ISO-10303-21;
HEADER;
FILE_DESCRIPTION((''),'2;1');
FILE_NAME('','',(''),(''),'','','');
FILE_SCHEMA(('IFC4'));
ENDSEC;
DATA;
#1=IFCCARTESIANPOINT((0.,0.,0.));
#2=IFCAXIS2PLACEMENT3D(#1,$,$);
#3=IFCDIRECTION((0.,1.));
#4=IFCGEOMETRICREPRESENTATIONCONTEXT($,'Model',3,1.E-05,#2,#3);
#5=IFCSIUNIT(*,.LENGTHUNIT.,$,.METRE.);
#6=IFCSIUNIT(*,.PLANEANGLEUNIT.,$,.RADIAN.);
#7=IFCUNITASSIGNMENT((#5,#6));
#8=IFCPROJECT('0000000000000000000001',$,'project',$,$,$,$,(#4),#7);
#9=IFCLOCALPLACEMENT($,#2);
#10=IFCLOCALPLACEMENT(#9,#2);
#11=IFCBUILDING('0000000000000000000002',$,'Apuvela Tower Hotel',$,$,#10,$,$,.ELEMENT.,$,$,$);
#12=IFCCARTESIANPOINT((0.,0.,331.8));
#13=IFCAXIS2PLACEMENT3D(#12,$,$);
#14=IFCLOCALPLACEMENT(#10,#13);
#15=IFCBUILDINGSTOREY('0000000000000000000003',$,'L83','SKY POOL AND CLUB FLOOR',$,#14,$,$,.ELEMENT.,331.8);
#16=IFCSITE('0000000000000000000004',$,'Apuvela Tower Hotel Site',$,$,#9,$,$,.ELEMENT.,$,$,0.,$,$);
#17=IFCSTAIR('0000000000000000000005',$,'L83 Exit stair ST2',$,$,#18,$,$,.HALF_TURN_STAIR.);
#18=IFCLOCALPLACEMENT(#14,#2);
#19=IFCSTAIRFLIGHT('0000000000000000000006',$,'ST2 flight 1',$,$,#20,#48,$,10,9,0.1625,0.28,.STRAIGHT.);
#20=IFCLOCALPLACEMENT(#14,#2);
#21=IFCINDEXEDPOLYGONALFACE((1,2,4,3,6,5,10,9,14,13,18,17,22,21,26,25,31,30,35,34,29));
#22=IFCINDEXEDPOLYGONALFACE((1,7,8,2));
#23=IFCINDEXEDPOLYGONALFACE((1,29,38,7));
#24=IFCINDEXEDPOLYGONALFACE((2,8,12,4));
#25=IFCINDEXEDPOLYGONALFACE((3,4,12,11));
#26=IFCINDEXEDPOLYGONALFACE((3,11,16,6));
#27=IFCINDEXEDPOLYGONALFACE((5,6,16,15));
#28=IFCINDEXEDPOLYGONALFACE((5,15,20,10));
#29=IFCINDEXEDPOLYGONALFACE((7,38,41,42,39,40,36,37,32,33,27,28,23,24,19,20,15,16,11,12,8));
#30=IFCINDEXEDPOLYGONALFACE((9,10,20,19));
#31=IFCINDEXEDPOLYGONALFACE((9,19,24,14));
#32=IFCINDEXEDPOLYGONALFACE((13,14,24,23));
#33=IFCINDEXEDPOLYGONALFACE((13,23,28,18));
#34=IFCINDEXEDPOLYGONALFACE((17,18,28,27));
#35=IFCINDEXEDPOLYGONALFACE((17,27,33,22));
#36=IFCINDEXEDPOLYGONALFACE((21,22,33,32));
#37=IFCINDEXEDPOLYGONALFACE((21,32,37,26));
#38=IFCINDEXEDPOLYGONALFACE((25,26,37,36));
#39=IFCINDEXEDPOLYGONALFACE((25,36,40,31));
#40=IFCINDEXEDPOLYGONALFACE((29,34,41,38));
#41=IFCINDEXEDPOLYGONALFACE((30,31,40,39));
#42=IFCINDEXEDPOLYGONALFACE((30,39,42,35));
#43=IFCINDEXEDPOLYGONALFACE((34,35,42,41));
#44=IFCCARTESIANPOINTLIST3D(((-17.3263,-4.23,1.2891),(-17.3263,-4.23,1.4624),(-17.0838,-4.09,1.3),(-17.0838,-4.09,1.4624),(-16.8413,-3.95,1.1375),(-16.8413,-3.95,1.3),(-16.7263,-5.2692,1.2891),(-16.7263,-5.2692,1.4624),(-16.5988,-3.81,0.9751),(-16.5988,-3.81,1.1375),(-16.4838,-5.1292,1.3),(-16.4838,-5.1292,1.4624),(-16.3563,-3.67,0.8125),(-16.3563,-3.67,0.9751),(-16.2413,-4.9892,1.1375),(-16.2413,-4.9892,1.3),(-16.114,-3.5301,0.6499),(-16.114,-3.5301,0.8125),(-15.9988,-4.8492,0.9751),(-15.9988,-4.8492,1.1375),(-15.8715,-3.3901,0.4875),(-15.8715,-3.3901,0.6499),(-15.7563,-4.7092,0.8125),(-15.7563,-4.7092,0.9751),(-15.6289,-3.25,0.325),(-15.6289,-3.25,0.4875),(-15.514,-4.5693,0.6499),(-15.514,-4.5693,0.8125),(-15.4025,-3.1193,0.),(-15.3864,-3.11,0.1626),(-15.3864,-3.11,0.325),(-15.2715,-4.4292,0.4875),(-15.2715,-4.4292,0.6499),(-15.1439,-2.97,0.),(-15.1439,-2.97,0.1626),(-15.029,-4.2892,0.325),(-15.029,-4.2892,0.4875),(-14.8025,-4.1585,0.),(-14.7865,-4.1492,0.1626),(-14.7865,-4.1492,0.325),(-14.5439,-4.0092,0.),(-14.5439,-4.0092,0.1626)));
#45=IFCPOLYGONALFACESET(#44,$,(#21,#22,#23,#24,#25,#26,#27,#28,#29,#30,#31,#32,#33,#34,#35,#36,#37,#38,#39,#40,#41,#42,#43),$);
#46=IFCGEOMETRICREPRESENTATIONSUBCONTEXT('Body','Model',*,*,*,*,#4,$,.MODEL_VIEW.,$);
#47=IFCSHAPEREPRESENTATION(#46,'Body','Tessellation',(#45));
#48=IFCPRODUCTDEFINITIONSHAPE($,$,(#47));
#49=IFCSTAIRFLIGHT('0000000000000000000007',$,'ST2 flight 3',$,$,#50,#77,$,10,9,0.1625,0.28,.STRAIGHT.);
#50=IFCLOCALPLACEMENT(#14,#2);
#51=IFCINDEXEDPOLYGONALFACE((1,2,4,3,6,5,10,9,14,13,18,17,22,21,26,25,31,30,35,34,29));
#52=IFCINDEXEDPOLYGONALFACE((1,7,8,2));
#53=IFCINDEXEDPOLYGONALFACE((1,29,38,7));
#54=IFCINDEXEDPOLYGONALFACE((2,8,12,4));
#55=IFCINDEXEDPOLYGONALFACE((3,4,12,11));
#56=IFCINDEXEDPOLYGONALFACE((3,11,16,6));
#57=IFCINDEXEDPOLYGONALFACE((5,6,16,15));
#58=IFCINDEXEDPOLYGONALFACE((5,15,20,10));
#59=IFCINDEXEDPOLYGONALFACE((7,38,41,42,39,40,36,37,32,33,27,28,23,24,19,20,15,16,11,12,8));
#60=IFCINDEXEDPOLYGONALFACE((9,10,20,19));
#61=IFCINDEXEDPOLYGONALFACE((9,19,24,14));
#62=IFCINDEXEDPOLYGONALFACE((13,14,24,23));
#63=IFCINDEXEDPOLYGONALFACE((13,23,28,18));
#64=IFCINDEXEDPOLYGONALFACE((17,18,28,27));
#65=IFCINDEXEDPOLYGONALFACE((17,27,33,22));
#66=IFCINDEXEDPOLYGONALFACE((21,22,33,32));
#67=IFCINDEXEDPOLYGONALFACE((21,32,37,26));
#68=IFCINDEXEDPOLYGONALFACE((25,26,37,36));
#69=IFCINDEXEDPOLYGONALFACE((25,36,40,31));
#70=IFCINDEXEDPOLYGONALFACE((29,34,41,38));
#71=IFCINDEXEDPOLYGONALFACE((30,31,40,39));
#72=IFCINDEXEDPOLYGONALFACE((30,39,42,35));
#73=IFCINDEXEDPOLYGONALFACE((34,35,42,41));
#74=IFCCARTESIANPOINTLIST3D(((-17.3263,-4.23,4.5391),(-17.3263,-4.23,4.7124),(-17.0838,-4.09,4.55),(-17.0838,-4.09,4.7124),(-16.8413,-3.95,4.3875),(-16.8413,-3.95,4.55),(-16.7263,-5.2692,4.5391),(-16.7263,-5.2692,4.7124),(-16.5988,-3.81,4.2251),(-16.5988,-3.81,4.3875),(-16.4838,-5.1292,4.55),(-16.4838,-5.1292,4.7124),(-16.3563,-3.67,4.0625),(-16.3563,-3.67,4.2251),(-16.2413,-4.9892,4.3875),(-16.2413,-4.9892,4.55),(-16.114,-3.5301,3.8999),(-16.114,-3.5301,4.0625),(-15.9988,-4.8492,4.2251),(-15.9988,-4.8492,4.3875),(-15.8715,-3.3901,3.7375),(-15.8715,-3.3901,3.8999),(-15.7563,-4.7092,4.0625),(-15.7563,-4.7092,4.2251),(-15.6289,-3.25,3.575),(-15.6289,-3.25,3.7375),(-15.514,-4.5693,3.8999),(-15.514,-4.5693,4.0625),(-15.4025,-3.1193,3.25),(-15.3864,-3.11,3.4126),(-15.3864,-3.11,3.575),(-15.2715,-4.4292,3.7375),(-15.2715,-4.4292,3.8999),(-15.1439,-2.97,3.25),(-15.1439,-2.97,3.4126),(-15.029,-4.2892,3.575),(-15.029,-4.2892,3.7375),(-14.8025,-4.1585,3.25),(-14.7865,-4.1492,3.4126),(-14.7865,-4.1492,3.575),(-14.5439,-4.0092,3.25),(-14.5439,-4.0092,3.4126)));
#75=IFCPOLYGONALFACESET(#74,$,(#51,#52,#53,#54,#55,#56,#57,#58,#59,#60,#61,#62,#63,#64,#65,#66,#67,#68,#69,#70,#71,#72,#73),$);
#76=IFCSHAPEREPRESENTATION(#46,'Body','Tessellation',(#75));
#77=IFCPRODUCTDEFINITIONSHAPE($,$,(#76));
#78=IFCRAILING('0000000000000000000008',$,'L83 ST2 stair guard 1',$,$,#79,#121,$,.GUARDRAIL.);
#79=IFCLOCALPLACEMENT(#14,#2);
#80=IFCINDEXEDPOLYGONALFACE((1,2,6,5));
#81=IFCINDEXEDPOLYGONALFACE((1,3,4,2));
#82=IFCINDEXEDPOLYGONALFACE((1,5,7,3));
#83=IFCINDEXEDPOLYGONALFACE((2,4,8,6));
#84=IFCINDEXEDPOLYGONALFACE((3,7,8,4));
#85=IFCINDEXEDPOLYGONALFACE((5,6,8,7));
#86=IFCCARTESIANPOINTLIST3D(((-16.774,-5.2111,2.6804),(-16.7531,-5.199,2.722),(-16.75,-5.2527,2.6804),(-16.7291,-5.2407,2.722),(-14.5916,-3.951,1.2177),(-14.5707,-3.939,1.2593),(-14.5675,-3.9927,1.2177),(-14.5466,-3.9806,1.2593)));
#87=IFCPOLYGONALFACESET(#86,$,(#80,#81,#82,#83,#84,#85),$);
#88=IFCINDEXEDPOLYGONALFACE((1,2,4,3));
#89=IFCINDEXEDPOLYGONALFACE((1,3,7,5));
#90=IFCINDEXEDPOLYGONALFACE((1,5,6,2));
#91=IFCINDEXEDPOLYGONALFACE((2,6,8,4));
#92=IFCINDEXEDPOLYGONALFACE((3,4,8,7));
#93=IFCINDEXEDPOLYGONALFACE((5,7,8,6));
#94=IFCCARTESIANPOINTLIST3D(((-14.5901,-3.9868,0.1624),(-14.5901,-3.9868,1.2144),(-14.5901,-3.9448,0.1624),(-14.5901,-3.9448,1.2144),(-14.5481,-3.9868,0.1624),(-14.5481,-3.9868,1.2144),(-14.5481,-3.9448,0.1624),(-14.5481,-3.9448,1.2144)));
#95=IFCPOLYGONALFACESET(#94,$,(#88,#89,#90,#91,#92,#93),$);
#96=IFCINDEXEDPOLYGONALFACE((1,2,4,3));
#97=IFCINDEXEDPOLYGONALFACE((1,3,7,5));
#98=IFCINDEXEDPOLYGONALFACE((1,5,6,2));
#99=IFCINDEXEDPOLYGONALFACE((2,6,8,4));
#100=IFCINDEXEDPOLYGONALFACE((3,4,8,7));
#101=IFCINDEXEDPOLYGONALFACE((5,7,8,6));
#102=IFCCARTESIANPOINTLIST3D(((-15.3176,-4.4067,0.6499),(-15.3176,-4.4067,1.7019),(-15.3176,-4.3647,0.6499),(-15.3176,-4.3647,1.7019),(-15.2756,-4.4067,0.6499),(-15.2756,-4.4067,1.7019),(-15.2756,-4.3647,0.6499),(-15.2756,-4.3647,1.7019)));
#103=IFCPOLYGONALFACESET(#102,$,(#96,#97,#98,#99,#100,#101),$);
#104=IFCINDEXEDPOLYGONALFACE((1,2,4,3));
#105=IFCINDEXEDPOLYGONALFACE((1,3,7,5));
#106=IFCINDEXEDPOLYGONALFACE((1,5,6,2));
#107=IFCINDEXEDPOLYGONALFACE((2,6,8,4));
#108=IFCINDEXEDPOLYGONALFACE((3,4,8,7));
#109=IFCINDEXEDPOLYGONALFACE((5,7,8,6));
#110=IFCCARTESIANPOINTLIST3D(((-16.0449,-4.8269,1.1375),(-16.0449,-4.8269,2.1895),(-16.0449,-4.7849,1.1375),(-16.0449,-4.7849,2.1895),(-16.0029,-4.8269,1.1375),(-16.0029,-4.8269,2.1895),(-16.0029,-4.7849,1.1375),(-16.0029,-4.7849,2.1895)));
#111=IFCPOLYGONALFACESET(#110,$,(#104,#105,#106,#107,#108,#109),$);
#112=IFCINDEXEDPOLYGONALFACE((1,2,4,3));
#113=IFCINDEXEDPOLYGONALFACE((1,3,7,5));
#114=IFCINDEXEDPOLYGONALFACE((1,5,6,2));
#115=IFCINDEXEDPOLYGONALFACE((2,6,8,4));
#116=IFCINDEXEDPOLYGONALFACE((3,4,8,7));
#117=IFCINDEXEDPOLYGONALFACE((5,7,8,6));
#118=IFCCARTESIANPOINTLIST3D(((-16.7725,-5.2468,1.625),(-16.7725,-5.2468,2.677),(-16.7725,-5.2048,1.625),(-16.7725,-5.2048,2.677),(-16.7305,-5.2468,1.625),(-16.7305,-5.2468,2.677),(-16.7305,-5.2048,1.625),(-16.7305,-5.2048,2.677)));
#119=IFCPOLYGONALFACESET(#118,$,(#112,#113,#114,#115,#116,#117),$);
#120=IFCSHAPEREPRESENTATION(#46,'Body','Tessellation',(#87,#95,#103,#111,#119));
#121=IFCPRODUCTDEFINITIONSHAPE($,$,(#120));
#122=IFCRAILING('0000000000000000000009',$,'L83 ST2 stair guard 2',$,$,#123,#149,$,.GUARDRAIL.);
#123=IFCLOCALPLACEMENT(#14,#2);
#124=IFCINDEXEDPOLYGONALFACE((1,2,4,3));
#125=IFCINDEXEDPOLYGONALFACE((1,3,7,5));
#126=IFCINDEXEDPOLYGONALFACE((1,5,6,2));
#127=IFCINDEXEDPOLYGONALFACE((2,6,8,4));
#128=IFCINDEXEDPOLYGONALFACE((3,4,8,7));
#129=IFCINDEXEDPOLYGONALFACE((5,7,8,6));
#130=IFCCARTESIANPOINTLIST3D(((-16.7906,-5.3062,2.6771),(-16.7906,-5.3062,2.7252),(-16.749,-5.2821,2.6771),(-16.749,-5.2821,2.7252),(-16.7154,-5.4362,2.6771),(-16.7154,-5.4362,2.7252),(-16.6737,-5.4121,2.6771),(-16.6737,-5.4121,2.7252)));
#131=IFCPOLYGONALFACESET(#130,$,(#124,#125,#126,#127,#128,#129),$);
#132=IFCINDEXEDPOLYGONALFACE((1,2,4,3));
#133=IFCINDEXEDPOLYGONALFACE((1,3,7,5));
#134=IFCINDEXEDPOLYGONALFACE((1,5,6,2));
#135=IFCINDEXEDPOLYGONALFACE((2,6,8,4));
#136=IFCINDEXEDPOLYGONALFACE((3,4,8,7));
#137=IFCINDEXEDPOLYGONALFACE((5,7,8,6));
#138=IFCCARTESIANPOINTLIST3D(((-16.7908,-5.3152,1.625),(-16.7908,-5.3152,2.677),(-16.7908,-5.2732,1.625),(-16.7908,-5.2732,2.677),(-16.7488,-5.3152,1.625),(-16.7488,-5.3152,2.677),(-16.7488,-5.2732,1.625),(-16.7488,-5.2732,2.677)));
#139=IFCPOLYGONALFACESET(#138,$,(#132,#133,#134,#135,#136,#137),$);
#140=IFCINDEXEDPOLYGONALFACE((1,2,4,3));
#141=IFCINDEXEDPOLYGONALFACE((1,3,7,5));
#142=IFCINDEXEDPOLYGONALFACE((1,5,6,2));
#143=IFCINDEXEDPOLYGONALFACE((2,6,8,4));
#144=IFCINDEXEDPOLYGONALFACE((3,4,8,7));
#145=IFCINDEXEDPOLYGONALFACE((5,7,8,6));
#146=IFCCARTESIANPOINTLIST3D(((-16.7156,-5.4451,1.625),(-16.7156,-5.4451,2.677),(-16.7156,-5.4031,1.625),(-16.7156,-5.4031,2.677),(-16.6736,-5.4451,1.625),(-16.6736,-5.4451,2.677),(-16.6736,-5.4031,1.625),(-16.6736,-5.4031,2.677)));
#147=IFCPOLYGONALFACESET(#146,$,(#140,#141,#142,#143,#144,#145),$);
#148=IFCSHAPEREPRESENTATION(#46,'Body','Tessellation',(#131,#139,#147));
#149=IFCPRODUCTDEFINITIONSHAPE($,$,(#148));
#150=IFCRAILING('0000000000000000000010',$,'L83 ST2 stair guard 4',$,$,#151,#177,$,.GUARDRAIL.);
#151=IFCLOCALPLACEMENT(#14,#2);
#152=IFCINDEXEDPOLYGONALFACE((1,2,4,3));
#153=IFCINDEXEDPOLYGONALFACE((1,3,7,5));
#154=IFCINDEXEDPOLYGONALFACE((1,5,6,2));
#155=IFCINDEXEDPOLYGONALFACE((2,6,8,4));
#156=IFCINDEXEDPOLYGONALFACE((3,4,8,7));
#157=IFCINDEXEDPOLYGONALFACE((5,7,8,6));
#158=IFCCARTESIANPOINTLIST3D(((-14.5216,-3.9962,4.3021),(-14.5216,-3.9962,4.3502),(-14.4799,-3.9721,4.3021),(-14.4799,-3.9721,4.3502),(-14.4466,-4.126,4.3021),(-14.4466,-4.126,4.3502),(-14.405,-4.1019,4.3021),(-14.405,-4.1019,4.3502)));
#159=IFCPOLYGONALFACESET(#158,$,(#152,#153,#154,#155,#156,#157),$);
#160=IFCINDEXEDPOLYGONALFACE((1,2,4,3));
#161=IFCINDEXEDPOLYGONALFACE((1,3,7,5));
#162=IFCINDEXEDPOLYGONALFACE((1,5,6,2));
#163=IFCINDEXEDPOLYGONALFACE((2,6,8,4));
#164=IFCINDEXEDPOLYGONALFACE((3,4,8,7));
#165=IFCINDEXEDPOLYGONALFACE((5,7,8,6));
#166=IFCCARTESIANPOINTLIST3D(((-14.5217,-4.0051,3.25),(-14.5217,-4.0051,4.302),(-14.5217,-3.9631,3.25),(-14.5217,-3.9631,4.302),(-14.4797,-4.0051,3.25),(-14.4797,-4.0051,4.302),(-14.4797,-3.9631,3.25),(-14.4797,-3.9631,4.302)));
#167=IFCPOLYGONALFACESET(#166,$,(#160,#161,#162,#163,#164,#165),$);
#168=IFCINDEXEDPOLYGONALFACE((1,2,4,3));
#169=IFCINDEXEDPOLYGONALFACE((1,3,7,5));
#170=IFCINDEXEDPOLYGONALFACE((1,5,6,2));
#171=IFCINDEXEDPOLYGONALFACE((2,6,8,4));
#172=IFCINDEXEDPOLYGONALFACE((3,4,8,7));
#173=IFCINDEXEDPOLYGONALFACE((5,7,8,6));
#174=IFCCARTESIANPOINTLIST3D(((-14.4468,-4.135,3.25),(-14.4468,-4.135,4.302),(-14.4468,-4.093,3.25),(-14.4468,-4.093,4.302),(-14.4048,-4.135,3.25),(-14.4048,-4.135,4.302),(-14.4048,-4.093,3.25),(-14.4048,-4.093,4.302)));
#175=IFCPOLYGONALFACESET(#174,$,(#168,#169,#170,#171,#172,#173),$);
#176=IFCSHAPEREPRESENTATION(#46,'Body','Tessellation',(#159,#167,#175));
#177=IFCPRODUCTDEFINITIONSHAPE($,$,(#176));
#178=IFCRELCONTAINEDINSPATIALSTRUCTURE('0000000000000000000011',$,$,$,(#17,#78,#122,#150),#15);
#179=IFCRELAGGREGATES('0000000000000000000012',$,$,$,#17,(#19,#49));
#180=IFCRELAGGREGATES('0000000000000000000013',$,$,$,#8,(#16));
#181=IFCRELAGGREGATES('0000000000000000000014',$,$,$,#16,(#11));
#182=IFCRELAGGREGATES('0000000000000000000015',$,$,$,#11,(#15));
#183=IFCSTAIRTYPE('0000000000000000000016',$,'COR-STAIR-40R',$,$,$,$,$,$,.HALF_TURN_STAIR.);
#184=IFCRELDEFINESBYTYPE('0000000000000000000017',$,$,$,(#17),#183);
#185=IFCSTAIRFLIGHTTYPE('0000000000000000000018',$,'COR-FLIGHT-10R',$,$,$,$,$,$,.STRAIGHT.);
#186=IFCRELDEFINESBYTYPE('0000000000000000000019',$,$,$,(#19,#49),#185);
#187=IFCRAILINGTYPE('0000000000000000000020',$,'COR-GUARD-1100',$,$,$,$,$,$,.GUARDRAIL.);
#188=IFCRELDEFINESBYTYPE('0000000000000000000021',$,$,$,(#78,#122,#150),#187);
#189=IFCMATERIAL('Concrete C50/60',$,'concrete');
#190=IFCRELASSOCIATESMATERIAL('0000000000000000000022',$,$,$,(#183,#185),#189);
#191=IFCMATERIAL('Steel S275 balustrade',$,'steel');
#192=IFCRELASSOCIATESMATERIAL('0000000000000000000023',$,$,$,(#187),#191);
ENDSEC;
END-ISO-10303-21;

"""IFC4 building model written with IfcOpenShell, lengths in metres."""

from ifc_helpers import new_model, si_unit, direction, frame, origin, origin_2d, place, context, subcontext, project, spatial, polyline, rectangle, outline, extrude, material, type_object, element, aggregate, save


model = new_model("IFC4")

# Units and contexts
model_context = context("Model", 3, precision=1e-05, world=origin(), true_north=direction((0.0, 1.0)))
body_context = subcontext(model_context, "Body", "Model", "MODEL_VIEW")
ifc_project = project(units=[si_unit("LENGTHUNIT", "METRE"), si_unit("PLANEANGLEUNIT", "RADIAN")], contexts=[model_context])

# Site, building, storey
site_placement = place(None, origin())
site = spatial("IfcSite", under=ifc_project, at=site_placement, Name="Apuvela Tower Hotel Site", CompositionType="ELEMENT", RefElevation=0.0)
building_placement = place(site_placement, origin())
building = spatial("IfcBuilding", under=site, at=building_placement, Name="Apuvela Tower Hotel", CompositionType="ELEMENT")
storey_placement = place(building_placement, frame((0.0, 0.0, 331.8)))
storey = spatial("IfcBuildingStorey", under=building, at=storey_placement, Name="L83", Description="SKY POOL AND CLUB FLOOR", CompositionType="ELEMENT", Elevation=331.8)

# Shared definitions
ifc_material_1 = material(Name="Concrete C50/60", Category="concrete")

# Stair, stair flights
stair_type = type_object("IfcStairType", Name="COR-STAIR-40R", PredefinedType="HALF_TURN_STAIR", material=ifc_material_1)
stair_placement = place(storey_placement, origin())
stair = element("IfcStair", 1, at=stair_placement, inside=storey, type_object=stair_type, Name="L83 Exit stair ST2", PredefinedType="HALF_TURN_STAIR")
stair_flight_type = type_object("IfcStairFlightType", Name="COR-FLIGHT-10R", PredefinedType="STRAIGHT", material=ifc_material_1)
stair_flight_1_placement = place(storey_placement, frame((-14.844, -3.4895, 0.0), z_axis=(0.0, 0.0, 1.0), x_axis=(-0.866025, -0.5, 0.0)))
stair_flight_1 = element("IfcStairFlight", 2, at=stair_flight_1_placement, type_object=stair_flight_type, Name="ST2 flight 1", NumberOfRisers=10, NumberOfTreads=9, PredefinedType="STRAIGHT", RiserHeight=0.1625, TreadLength=0.28, context=body_context, shape_type="SweptSolid", body=[
    extrude(outline(polyline([(0.0, 0.0), (0.0, 0.1626), (0.28, 0.1626), (0.28, 0.325), (0.5601, 0.325), (0.5601, 0.4875), (0.8401, 0.4875), (0.8401, 0.6499), (1.1201, 0.6499), (1.1201, 0.8125), (1.3999, 0.8125), (1.3999, 0.9751), (1.6799, 0.9751), (1.6799, 1.1375), (1.96, 1.1375), (1.96, 1.3), (2.24, 1.3), (2.24, 1.4624), (2.52, 1.4624), (2.52, 1.625), (2.52, 1.2891), (0.2986, 0.0), (0.0, 0.0)])), frame((0.0, 0.6001, 0.0), z_axis=(0.0, -1.0, 0.0), x_axis=(1.0, 0.0, 0.0)), (0.0, 0.0, 1.0), 1.2),
])
stair_flight_2_placement = place(storey_placement, frame((-14.844, -3.4895, 3.25), z_axis=(0.0, 0.0, 1.0), x_axis=(-0.866025, -0.5, 0.0)))
stair_flight_2 = element("IfcStairFlight", 3, at=stair_flight_2_placement, type_object=stair_flight_type, Name="ST2 flight 3", NumberOfRisers=10, NumberOfTreads=9, PredefinedType="STRAIGHT", RiserHeight=0.1625, TreadLength=0.28, context=body_context, shape_type="SweptSolid", body=[
    extrude(outline(polyline([(0.0, 0.0), (0.0, 0.1626), (0.28, 0.1626), (0.28, 0.325), (0.5601, 0.325), (0.5601, 0.4875), (0.8401, 0.4875), (0.8401, 0.6499), (1.1201, 0.6499), (1.1201, 0.8125), (1.3999, 0.8125), (1.3999, 0.9751), (1.6799, 0.9751), (1.6799, 1.1375), (1.96, 1.1375), (1.96, 1.3), (2.24, 1.3), (2.24, 1.4624), (2.52, 1.4624), (2.52, 1.625), (2.52, 1.2891), (0.2986, 0.0), (0.0, 0.0)])), frame((0.0, 0.6001, 0.0), z_axis=(0.0, -1.0, 0.0), x_axis=(1.0, 0.0, 0.0)), (0.0, 0.0, 1.0), 1.2),
])
aggregate(stair, [stair_flight_1, stair_flight_2])

# Railings
ifc_material_2 = material(Name="Steel S275 balustrade", Category="steel")
railing_type_1 = type_object("IfcRailingType", Name="COR-GUARD-1100", PredefinedType="GUARDRAIL", material=ifc_material_2)
railing_1_placement = place(storey_placement, frame((-14.5691, -3.9658, 0.1624)))
element("IfcRailing", 4, at=railing_1_placement, inside=storey, type_object=railing_type_1, Name="L83 ST2 stair guard 1", PredefinedType="GUARDRAIL", context=body_context, shape_type="SweptSolid", body=[
    extrude(rectangle(XDim=0.0481, YDim=0.0481, at=origin_2d()), frame((0.0, 0.0, 1.0762), z_axis=(-0.749001, -0.432442, 0.501988), x_axis=(0.500005, -0.866023, 0.0)), (0.0, 0.0, 1.0), 2.9138),
    extrude(rectangle(XDim=0.042, YDim=0.042, at=origin_2d()), origin(), (0.0, 0.0, 1.0), 1.052),
    extrude(rectangle(XDim=0.042, YDim=0.042, at=origin_2d()), frame((-0.7275, -0.4199, 0.4875)), (0.0, 0.0, 1.0), 1.052),
    extrude(rectangle(XDim=0.042, YDim=0.042, at=origin_2d()), frame((-1.4548, -0.8401, 0.9751)), (0.0, 0.0, 1.0), 1.052),
    extrude(rectangle(XDim=0.042, YDim=0.042, at=origin_2d()), frame((-2.1824, -1.26, 1.4626)), (0.0, 0.0, 1.0), 1.052),
])
railing_2_placement = place(storey_placement, frame((-16.7698, -5.2942, 1.625)))
element("IfcRailing", 5, at=railing_2_placement, inside=storey, type_object=railing_type_1, Name="L83 ST2 stair guard 2", PredefinedType="GUARDRAIL", context=body_context, shape_type="SweptSolid", body=[
    extrude(rectangle(XDim=0.0481, YDim=0.0481, at=origin_2d()), frame((0.0, 0.0, 1.0762), z_axis=(0.501036, -0.865426, 0.0), x_axis=(0.865426, 0.501036, 0.0)), (0.0, 0.0, 1.0), 0.1501),
    extrude(rectangle(XDim=0.042, YDim=0.042, at=origin_2d()), origin(), (0.0, 0.0, 1.0), 1.052),
    extrude(rectangle(XDim=0.042, YDim=0.042, at=origin_2d()), frame((0.0752, -0.1299, 0.0)), (0.0, 0.0, 1.0), 1.052),
])
railing_3_placement = place(storey_placement, frame((-14.5007, -3.9841, 3.25)))
element("IfcRailing", 6, at=railing_3_placement, inside=storey, type_object=railing_type_1, Name="L83 ST2 stair guard 4", PredefinedType="GUARDRAIL", context=body_context, shape_type="SweptSolid", body=[
    extrude(rectangle(XDim=0.0481, YDim=0.0481, at=origin_2d()), frame((0.0, 0.0, 1.0762), z_axis=(0.499816, -0.866131, 0.0), x_axis=(0.866131, 0.499816, 0.0)), (0.0, 0.0, 1.0), 0.1499),
    extrude(rectangle(XDim=0.042, YDim=0.042, at=origin_2d()), origin(), (0.0, 0.0, 1.0), 1.052),
    extrude(rectangle(XDim=0.042, YDim=0.042, at=origin_2d()), frame((0.075, -0.1299, 0.0)), (0.0, 0.0, 1.0), 1.052),
])

save(model, "model.ifc")
